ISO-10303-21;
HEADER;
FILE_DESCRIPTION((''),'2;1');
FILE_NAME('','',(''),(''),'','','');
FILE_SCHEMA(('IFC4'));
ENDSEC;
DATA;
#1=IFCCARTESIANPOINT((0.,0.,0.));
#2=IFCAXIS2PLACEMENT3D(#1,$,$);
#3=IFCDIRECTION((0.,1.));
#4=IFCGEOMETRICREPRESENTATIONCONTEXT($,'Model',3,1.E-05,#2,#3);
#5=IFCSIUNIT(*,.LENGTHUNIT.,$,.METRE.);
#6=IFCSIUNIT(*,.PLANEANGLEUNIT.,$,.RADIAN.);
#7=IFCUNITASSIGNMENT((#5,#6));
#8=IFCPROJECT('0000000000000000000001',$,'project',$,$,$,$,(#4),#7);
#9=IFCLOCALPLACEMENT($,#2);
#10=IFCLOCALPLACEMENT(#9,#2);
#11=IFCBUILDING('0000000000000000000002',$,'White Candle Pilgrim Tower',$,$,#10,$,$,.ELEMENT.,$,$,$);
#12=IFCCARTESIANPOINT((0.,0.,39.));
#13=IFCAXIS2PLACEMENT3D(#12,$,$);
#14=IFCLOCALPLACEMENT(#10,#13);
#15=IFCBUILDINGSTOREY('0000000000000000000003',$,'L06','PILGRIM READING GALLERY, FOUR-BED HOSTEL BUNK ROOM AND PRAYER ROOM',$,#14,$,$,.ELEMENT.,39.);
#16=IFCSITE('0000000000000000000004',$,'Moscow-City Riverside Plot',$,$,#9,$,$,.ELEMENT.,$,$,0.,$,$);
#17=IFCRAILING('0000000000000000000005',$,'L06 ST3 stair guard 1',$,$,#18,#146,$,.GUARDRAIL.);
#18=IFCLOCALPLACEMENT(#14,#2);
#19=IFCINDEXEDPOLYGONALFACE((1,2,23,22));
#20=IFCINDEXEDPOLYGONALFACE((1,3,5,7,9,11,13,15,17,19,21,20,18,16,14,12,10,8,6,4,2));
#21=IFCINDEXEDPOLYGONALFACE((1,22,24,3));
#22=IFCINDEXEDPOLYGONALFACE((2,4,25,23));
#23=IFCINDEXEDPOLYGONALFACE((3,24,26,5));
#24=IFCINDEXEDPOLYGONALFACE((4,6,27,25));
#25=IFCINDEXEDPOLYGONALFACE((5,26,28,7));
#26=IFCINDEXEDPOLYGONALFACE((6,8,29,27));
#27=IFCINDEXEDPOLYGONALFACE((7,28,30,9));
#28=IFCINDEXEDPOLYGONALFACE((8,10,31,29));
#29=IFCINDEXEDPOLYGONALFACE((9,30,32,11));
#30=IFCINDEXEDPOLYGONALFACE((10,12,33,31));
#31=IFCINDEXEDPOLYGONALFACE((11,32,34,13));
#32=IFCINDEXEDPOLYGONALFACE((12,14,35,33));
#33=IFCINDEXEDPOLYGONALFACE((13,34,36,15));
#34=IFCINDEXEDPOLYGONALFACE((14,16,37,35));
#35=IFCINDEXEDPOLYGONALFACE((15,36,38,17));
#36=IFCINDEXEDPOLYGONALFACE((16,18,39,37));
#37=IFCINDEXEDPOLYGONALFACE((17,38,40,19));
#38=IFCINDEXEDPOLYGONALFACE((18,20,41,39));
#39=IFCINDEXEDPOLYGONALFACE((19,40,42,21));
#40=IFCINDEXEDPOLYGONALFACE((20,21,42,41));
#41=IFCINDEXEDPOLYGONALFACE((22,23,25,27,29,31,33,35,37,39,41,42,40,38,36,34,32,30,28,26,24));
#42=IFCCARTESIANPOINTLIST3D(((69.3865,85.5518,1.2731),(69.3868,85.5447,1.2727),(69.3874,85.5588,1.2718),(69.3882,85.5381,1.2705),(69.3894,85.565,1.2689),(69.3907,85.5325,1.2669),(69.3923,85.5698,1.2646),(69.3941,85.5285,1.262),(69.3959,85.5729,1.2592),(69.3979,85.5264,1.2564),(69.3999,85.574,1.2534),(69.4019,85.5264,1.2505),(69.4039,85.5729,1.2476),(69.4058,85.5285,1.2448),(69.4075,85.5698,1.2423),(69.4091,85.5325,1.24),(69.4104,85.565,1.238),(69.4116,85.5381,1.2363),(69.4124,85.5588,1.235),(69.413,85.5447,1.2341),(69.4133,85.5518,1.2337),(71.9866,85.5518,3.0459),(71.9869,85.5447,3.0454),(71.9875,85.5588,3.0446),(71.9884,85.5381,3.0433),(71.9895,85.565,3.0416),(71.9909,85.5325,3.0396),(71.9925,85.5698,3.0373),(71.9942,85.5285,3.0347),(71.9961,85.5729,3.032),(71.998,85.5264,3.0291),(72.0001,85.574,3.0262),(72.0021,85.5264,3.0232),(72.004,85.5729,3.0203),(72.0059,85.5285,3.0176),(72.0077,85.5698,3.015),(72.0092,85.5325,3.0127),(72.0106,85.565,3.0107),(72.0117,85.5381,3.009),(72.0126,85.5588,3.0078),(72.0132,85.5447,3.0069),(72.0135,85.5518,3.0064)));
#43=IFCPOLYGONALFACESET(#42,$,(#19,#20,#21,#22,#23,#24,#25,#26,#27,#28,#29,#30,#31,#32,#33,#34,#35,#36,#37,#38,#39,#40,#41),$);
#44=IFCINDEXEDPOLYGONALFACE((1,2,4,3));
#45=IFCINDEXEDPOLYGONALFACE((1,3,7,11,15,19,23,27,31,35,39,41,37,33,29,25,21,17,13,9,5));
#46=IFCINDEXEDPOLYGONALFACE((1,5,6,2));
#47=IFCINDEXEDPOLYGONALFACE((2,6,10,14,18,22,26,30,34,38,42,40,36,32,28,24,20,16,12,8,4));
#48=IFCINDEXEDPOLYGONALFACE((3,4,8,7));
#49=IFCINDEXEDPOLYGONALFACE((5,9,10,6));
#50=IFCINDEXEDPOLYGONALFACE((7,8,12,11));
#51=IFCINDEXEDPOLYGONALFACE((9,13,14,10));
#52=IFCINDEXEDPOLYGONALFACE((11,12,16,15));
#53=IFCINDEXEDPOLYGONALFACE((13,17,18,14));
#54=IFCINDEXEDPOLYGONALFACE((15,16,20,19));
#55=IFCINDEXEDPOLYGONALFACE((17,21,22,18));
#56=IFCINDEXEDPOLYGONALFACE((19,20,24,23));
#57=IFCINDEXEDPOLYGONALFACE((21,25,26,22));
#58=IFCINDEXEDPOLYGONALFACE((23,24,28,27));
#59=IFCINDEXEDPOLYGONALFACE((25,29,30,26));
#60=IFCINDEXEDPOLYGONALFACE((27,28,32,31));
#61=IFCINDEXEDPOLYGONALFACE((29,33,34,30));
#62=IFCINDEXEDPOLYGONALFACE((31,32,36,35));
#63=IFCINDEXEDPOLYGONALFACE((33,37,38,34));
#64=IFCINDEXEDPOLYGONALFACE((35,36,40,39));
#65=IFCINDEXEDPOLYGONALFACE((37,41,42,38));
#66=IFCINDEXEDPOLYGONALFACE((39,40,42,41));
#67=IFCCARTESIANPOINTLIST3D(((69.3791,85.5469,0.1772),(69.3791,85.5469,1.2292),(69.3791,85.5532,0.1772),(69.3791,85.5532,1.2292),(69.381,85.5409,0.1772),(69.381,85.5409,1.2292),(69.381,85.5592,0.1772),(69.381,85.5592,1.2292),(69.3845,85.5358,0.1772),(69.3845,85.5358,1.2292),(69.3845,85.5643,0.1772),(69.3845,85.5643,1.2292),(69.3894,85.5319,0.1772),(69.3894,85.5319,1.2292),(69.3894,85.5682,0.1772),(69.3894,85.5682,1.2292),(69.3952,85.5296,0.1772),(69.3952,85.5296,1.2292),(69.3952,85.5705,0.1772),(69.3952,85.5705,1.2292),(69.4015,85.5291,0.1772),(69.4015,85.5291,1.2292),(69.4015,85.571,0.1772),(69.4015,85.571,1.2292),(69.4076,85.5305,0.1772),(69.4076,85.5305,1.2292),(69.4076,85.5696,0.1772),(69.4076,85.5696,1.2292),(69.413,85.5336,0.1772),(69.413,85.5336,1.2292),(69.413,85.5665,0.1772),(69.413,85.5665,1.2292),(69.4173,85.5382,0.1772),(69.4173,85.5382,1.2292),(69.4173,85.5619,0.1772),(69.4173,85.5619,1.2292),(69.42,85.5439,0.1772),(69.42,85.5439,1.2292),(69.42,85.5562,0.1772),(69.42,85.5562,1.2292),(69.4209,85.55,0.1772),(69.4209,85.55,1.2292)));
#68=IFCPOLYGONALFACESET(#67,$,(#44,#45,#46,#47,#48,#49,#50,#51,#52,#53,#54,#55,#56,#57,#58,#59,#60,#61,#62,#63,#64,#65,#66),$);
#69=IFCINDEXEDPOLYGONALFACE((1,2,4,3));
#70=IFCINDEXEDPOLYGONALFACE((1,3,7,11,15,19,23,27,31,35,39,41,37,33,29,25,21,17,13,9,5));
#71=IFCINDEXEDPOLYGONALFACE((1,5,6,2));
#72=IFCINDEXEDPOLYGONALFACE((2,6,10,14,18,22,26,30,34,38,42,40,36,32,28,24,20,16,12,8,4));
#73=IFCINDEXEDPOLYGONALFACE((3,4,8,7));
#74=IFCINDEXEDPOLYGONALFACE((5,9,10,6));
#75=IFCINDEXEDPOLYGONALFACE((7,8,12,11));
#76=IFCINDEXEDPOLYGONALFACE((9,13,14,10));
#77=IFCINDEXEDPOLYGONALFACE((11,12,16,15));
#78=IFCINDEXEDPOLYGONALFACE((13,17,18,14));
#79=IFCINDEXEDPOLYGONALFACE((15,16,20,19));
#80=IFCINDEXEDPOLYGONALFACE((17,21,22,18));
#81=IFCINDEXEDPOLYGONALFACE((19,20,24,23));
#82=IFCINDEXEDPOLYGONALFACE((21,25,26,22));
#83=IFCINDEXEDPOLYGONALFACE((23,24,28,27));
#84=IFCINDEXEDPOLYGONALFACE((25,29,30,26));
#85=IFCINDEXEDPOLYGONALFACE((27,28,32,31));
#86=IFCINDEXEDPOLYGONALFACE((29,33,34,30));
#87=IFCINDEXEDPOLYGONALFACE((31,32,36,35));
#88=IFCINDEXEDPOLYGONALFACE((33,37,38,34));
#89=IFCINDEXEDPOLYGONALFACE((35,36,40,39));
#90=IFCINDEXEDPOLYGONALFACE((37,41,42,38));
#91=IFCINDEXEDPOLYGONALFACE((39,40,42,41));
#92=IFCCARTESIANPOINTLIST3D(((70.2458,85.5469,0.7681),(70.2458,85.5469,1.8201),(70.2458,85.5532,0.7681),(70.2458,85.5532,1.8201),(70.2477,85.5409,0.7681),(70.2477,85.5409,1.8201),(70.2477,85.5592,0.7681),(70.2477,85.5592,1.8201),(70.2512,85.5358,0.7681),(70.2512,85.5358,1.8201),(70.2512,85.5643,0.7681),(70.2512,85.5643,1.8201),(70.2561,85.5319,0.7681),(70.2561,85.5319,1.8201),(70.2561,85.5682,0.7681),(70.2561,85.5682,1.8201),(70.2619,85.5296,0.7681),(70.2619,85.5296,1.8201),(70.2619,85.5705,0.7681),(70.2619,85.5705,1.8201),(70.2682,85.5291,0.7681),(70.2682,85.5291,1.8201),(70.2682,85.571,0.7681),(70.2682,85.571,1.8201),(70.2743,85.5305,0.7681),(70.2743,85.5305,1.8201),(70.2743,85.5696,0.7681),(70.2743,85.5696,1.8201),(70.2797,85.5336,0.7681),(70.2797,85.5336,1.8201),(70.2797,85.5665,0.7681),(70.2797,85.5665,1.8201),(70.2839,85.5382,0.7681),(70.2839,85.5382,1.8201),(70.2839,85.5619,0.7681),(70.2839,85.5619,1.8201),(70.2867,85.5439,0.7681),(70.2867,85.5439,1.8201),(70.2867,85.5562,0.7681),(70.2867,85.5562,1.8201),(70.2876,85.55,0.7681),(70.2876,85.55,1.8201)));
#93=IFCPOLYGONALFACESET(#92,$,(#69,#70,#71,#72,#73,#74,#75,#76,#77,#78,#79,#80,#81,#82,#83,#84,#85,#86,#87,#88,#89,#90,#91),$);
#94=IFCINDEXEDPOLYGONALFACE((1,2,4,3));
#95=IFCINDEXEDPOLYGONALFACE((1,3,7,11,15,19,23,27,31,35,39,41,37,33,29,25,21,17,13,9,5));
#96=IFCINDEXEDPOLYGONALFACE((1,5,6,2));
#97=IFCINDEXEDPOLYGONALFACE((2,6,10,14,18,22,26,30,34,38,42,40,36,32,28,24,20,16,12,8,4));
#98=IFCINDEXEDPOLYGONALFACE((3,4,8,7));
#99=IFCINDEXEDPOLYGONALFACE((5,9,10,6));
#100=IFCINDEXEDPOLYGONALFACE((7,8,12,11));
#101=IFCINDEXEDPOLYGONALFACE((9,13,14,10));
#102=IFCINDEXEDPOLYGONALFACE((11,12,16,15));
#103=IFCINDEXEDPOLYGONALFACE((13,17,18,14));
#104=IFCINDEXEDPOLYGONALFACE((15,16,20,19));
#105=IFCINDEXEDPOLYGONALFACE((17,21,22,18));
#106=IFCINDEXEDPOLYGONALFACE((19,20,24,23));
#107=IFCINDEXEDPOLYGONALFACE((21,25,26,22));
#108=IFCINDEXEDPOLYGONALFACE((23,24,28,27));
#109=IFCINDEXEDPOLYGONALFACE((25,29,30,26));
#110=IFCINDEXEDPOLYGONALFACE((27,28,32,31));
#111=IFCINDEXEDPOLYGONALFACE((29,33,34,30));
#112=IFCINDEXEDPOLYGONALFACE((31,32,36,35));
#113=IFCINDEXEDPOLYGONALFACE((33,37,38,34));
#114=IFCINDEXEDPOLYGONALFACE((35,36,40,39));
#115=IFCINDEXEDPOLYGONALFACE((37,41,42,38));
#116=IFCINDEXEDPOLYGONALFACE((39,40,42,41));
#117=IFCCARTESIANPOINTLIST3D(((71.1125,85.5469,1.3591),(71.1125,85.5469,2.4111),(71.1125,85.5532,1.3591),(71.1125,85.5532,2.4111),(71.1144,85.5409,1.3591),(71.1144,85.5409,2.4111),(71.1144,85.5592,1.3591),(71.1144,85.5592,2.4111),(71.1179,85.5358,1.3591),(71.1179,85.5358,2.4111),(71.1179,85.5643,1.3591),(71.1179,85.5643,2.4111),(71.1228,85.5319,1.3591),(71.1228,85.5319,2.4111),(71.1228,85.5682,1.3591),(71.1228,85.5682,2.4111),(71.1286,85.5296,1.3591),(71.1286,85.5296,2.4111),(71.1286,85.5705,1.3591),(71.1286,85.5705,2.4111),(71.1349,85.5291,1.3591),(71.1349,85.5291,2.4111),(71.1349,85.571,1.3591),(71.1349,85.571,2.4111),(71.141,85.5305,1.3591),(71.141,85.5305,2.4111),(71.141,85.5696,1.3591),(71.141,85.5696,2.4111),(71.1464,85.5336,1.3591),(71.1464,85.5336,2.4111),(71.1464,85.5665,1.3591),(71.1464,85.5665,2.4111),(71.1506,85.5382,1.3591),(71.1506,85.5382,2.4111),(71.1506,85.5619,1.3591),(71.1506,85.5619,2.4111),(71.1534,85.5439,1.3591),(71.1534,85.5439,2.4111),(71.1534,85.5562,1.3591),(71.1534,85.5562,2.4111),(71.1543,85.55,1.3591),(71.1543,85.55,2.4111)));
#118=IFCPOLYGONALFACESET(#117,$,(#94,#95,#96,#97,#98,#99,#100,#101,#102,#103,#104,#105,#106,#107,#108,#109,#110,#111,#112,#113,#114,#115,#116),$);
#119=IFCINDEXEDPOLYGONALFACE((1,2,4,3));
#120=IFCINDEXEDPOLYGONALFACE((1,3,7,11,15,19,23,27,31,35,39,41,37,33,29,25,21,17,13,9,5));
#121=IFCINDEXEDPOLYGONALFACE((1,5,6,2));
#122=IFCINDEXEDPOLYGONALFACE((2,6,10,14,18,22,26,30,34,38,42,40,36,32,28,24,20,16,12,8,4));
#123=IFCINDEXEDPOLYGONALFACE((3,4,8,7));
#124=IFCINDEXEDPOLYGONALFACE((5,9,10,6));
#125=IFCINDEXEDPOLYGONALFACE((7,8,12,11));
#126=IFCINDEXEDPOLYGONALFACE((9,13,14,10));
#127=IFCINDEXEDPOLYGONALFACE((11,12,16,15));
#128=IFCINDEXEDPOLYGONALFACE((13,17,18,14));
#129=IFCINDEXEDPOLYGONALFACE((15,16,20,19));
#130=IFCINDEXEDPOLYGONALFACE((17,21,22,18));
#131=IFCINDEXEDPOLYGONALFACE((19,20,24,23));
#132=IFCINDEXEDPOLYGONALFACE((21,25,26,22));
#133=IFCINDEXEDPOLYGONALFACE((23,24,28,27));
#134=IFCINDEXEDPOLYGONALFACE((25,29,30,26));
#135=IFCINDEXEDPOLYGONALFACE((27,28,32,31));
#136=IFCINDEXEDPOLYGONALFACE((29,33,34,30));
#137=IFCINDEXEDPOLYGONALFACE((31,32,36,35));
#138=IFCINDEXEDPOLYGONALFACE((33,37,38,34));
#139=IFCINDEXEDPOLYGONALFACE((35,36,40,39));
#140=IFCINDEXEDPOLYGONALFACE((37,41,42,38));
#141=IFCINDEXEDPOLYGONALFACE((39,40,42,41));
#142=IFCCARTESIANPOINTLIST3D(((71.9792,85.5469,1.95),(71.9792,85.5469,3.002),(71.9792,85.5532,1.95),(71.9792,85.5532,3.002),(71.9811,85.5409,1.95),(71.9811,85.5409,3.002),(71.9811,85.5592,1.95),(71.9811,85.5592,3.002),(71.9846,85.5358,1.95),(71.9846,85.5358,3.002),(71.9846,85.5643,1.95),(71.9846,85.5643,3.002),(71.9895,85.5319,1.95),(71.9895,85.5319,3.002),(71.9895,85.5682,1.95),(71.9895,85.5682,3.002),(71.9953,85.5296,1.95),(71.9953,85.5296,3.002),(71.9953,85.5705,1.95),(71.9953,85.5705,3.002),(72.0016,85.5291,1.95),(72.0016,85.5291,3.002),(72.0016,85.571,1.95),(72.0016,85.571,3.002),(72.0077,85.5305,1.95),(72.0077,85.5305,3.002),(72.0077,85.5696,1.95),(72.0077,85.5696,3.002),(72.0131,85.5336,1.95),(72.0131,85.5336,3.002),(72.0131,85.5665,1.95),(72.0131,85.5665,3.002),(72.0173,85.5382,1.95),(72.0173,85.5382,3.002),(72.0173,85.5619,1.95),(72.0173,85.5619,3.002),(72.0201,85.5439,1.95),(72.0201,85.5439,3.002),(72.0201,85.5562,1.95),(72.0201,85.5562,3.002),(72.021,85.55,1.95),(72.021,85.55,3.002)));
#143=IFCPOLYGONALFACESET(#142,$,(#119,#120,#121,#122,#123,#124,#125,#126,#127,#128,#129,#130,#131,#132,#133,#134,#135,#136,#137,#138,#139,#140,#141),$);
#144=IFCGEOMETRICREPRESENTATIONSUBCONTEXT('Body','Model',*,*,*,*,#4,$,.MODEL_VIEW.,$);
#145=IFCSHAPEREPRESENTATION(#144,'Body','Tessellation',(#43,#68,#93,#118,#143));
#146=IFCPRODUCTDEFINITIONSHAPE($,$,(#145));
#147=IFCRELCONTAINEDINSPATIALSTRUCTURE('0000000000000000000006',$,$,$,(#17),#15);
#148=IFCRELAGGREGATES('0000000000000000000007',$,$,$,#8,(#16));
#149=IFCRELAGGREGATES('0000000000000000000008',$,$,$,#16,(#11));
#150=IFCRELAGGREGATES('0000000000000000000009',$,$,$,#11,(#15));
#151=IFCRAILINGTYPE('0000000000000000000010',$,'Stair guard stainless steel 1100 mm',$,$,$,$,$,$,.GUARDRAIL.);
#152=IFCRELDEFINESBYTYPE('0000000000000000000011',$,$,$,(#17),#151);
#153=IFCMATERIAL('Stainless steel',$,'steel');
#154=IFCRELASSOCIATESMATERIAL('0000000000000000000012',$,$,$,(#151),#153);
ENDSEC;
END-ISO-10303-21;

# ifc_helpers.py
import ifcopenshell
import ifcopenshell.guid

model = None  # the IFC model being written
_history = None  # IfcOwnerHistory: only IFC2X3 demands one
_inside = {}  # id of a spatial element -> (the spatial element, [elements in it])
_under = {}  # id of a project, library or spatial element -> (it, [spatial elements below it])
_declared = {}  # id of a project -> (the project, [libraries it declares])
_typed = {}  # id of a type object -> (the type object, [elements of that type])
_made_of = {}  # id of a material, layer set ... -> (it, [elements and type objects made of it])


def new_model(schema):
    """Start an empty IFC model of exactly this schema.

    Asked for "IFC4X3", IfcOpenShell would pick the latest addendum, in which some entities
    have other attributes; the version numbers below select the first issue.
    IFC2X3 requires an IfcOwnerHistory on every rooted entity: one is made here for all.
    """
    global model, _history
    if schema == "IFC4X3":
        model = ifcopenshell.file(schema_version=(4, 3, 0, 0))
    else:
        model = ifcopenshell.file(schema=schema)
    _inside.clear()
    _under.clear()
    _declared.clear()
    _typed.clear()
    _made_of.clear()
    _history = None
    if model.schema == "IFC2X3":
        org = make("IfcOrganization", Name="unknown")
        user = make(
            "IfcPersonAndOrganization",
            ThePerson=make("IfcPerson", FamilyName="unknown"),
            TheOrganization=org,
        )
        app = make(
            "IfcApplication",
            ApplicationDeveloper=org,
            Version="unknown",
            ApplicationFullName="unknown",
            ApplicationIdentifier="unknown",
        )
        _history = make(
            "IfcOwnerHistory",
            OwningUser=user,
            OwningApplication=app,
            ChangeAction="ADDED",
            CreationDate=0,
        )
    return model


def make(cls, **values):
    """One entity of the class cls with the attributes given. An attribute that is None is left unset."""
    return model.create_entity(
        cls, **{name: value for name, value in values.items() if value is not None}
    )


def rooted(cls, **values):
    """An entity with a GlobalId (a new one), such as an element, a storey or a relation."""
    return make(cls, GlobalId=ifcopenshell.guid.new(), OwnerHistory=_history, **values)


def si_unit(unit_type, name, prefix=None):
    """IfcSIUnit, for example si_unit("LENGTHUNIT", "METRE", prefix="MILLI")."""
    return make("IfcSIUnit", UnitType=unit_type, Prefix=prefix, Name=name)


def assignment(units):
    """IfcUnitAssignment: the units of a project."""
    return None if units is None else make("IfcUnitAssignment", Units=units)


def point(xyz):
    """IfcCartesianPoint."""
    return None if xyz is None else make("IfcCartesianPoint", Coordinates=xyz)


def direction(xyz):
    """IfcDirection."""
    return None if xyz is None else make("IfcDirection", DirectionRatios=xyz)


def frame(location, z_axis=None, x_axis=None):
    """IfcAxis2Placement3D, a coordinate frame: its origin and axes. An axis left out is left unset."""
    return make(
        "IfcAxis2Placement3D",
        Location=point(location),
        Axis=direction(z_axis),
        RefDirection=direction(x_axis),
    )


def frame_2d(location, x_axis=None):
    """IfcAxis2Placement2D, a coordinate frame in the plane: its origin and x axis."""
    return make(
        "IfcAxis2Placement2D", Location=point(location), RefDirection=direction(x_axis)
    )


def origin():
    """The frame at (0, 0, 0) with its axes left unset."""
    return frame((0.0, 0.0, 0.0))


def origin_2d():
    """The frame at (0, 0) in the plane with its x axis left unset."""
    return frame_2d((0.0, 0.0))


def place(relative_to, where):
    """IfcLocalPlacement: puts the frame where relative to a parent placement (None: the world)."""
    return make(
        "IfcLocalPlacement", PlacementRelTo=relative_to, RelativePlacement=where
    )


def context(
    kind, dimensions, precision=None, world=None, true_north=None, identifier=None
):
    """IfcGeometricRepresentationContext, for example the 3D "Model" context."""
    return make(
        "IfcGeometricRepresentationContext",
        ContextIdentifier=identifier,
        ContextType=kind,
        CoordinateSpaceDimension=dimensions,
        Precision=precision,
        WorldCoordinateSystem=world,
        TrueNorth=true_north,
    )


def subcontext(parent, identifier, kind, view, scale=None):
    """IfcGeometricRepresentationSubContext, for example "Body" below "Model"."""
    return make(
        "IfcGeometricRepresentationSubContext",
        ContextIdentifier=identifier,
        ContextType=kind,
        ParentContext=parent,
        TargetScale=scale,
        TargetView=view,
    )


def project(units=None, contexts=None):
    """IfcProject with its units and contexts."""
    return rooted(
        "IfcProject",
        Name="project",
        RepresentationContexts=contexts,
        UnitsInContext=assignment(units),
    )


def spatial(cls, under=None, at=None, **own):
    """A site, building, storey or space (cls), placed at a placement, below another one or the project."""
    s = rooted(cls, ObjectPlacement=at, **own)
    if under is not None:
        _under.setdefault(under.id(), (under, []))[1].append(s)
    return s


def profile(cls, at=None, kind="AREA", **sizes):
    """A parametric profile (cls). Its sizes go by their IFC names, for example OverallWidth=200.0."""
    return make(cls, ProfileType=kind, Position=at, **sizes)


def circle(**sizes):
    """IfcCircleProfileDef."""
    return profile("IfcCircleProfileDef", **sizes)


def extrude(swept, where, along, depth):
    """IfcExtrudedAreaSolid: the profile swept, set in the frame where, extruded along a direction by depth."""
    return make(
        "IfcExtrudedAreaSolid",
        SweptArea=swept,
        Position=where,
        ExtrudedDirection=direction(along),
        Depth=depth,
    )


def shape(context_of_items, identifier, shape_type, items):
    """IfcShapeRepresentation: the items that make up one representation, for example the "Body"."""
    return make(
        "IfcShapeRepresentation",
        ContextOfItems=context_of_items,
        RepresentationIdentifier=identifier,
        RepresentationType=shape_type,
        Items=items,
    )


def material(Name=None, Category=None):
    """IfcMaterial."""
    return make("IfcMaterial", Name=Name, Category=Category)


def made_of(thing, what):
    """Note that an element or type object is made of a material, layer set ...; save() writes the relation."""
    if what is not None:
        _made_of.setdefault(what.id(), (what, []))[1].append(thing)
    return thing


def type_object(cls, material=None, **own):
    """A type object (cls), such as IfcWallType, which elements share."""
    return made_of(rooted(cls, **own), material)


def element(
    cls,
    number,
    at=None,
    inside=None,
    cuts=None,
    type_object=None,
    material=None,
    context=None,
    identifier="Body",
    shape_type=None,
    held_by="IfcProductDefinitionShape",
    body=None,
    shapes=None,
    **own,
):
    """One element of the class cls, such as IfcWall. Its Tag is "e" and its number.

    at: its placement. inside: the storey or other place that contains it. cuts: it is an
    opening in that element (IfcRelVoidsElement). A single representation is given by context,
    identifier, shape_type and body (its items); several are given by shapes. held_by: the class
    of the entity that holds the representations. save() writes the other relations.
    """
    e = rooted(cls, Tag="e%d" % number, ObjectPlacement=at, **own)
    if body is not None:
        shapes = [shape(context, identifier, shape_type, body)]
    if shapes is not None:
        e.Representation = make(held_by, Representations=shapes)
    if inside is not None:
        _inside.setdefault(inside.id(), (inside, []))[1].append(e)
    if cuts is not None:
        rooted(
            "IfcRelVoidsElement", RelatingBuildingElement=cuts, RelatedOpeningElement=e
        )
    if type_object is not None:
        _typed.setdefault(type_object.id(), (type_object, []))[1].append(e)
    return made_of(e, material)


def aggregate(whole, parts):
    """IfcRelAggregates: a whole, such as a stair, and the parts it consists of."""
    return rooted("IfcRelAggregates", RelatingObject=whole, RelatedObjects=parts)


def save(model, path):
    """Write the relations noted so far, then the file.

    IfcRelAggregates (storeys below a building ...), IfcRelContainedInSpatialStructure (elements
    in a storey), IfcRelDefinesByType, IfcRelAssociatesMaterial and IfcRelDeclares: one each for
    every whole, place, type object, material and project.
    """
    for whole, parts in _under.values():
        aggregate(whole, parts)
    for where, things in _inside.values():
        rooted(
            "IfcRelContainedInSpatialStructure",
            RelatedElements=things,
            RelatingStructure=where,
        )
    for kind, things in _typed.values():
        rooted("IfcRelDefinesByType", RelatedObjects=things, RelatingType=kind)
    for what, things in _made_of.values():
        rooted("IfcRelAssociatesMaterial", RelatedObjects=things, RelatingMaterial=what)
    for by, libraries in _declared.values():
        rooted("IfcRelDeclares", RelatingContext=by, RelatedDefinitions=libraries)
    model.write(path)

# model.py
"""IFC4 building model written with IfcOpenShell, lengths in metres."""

from ifc_helpers import new_model, si_unit, direction, frame, origin, origin_2d, place, context, subcontext, project, spatial, circle, extrude, material, type_object, element, save


model = new_model("IFC4")

# Units and contexts
model_context = context("Model", 3, precision=1e-05, world=origin(), true_north=direction((0.0, 1.0)))
body_context = subcontext(model_context, "Body", "Model", "MODEL_VIEW")
ifc_project = project(units=[si_unit("LENGTHUNIT", "METRE"), si_unit("PLANEANGLEUNIT", "RADIAN")], contexts=[model_context])

# Site, building, storey
site_placement = place(None, origin())
site = spatial("IfcSite", under=ifc_project, at=site_placement, Name="Moscow-City Riverside Plot", CompositionType="ELEMENT", RefElevation=0.0)
building_placement = place(site_placement, origin())
building = spatial("IfcBuilding", under=site, at=building_placement, Name="White Candle Pilgrim Tower", CompositionType="ELEMENT")
storey_placement = place(building_placement, frame((0.0, 0.0, 39.0)))
storey = spatial("IfcBuildingStorey", under=building, at=storey_placement, Name="L06", Description="PILGRIM READING GALLERY, FOUR-BED HOSTEL BUNK ROOM AND PRAYER ROOM", CompositionType="ELEMENT", Elevation=39.0)

# Railing
ifc_material_1 = material(Name="Stainless steel", Category="steel")
railing_type_1 = type_object("IfcRailingType", Name="Stair guard stainless steel 1100 mm", PredefinedType="GUARDRAIL", material=ifc_material_1)
railing_1_placement = place(storey_placement, frame((69.3999, 85.55, 0.1772)))
element("IfcRailing", 1, at=railing_1_placement, inside=storey, type_object=railing_type_1, Name="L06 ST3 stair guard 1", PredefinedType="GUARDRAIL", context=body_context, shape_type="SweptSolid", body=[
    extrude(circle(Radius=0.0239, at=origin_2d()), frame((0.0, 0.0, 1.0762), z_axis=(0.82624, 0.0, 0.563318), x_axis=(0.0, 1.0, 0.0)), (0.0, 0.0, 1.0), 3.147),
    extrude(circle(Radius=0.021, at=origin_2d()), origin(), (0.0, 0.0, 1.0), 1.052),
    extrude(circle(Radius=0.021, at=origin_2d()), frame((0.8667, 0.0, 0.5908)), (0.0, 0.0, 1.0), 1.052),
    extrude(circle(Radius=0.021, at=origin_2d()), frame((1.7334, 0.0, 1.1819)), (0.0, 0.0, 1.0), 1.052),
    extrude(circle(Radius=0.021, at=origin_2d()), frame((2.6001, 0.0, 1.7727)), (0.0, 0.0, 1.0), 1.052),
])

save(model, "model.ifc")
